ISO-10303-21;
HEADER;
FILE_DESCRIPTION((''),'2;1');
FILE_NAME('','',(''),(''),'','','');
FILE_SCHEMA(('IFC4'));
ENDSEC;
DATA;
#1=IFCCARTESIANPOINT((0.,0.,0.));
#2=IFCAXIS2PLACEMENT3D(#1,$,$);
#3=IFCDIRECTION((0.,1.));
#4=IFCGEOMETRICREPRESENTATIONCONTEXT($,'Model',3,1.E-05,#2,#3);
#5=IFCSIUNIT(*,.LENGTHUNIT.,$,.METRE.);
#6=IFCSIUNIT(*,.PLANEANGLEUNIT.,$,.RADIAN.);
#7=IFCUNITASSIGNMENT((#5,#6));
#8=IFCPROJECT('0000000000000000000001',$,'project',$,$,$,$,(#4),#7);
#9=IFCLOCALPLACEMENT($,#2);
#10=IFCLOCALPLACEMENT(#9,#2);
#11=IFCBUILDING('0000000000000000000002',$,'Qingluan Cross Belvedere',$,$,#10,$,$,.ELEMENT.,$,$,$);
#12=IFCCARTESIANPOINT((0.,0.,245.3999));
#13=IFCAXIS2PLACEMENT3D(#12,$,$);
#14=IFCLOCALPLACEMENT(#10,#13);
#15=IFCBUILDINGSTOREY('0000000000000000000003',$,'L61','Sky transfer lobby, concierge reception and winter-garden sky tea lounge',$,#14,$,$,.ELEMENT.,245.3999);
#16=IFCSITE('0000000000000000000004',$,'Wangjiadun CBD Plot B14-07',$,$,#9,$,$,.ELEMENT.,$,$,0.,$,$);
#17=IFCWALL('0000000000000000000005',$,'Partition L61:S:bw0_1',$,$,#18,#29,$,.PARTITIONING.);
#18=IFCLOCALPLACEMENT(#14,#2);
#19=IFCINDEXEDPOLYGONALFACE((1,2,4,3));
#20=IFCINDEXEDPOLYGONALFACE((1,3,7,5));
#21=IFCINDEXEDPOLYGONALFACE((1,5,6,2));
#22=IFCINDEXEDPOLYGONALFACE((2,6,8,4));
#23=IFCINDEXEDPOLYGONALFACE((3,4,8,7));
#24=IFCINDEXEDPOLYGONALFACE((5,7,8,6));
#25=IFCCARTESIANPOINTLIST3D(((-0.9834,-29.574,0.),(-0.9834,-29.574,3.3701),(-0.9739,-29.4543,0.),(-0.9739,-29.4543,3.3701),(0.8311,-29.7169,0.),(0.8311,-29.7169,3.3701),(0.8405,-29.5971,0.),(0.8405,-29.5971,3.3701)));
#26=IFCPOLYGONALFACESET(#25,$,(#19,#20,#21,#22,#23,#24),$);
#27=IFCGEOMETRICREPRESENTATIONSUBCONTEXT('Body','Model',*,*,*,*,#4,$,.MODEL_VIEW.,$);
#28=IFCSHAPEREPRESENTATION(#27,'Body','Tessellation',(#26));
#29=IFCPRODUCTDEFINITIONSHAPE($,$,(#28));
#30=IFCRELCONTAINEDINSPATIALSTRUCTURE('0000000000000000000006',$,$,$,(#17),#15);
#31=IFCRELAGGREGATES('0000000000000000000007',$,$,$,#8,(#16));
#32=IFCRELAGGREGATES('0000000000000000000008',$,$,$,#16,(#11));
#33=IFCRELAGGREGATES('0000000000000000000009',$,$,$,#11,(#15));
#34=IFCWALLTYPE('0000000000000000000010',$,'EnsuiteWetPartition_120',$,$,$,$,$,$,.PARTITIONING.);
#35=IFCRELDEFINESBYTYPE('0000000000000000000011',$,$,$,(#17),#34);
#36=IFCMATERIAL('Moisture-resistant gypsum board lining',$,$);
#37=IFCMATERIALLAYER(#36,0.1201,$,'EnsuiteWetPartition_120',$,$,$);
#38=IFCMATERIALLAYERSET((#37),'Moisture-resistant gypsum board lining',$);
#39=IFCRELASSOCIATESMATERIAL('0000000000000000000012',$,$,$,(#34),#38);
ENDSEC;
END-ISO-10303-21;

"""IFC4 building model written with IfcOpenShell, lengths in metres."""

from ifc_helpers import new_model, si_unit, direction, frame, frame_2d, origin, place, context, subcontext, project, spatial, rectangle, extrude, material, layer, layer_set, type_object, element, save


model = new_model("IFC4")

# Units and contexts
model_context = context("Model", 3, precision=1e-05, world=origin(), true_north=direction((0.0, 1.0)))
body_context = subcontext(model_context, "Body", "Model", "MODEL_VIEW")
ifc_project = project(units=[si_unit("LENGTHUNIT", "METRE"), si_unit("PLANEANGLEUNIT", "RADIAN")], contexts=[model_context])

# Site, building, storey
site_placement = place(None, origin())
site = spatial("IfcSite", under=ifc_project, at=site_placement, Name="Wangjiadun CBD Plot B14-07", CompositionType="ELEMENT", RefElevation=0.0)
building_placement = place(site_placement, origin())
building = spatial("IfcBuilding", under=site, at=building_placement, Name="Qingluan Cross Belvedere", CompositionType="ELEMENT")
storey_placement = place(building_placement, frame((0.0, 0.0, 245.3999)))
storey = spatial("IfcBuildingStorey", under=building, at=storey_placement, Name="L61", Description="Sky transfer lobby, concierge reception and winter-garden sky tea lounge", CompositionType="ELEMENT", Elevation=245.3999)

# Wall
ifc_material_1 = material(Name="Moisture-resistant gypsum board lining")
ifc_layer_1 = layer(ifc_material_1, 0.1201, Name="EnsuiteWetPartition_120")
ifc_layer_set_1 = layer_set([ifc_layer_1], Name="Moisture-resistant gypsum board lining")
wall_type = type_object("IfcWallType", Name="EnsuiteWetPartition_120", PredefinedType="PARTITIONING", material=ifc_layer_set_1)
wall_placement = place(storey_placement, frame((-0.9788, -29.5142, 0.0), z_axis=(0.0, 0.0, 1.0), x_axis=(0.996916, -0.078471, 0.0)))
element("IfcWall", 1, at=wall_placement, inside=storey, type_object=wall_type, Name="Partition L61:S:bw0_1", PredefinedType="PARTITIONING", context=body_context, shape_type="SweptSolid", body=[
    extrude(rectangle(XDim=1.8201, YDim=0.1201, at=frame_2d((0.9102, 0.0))), origin(), (0.0, 0.0, 1.0), 3.3701),
])

save(model, "model.ifc")
